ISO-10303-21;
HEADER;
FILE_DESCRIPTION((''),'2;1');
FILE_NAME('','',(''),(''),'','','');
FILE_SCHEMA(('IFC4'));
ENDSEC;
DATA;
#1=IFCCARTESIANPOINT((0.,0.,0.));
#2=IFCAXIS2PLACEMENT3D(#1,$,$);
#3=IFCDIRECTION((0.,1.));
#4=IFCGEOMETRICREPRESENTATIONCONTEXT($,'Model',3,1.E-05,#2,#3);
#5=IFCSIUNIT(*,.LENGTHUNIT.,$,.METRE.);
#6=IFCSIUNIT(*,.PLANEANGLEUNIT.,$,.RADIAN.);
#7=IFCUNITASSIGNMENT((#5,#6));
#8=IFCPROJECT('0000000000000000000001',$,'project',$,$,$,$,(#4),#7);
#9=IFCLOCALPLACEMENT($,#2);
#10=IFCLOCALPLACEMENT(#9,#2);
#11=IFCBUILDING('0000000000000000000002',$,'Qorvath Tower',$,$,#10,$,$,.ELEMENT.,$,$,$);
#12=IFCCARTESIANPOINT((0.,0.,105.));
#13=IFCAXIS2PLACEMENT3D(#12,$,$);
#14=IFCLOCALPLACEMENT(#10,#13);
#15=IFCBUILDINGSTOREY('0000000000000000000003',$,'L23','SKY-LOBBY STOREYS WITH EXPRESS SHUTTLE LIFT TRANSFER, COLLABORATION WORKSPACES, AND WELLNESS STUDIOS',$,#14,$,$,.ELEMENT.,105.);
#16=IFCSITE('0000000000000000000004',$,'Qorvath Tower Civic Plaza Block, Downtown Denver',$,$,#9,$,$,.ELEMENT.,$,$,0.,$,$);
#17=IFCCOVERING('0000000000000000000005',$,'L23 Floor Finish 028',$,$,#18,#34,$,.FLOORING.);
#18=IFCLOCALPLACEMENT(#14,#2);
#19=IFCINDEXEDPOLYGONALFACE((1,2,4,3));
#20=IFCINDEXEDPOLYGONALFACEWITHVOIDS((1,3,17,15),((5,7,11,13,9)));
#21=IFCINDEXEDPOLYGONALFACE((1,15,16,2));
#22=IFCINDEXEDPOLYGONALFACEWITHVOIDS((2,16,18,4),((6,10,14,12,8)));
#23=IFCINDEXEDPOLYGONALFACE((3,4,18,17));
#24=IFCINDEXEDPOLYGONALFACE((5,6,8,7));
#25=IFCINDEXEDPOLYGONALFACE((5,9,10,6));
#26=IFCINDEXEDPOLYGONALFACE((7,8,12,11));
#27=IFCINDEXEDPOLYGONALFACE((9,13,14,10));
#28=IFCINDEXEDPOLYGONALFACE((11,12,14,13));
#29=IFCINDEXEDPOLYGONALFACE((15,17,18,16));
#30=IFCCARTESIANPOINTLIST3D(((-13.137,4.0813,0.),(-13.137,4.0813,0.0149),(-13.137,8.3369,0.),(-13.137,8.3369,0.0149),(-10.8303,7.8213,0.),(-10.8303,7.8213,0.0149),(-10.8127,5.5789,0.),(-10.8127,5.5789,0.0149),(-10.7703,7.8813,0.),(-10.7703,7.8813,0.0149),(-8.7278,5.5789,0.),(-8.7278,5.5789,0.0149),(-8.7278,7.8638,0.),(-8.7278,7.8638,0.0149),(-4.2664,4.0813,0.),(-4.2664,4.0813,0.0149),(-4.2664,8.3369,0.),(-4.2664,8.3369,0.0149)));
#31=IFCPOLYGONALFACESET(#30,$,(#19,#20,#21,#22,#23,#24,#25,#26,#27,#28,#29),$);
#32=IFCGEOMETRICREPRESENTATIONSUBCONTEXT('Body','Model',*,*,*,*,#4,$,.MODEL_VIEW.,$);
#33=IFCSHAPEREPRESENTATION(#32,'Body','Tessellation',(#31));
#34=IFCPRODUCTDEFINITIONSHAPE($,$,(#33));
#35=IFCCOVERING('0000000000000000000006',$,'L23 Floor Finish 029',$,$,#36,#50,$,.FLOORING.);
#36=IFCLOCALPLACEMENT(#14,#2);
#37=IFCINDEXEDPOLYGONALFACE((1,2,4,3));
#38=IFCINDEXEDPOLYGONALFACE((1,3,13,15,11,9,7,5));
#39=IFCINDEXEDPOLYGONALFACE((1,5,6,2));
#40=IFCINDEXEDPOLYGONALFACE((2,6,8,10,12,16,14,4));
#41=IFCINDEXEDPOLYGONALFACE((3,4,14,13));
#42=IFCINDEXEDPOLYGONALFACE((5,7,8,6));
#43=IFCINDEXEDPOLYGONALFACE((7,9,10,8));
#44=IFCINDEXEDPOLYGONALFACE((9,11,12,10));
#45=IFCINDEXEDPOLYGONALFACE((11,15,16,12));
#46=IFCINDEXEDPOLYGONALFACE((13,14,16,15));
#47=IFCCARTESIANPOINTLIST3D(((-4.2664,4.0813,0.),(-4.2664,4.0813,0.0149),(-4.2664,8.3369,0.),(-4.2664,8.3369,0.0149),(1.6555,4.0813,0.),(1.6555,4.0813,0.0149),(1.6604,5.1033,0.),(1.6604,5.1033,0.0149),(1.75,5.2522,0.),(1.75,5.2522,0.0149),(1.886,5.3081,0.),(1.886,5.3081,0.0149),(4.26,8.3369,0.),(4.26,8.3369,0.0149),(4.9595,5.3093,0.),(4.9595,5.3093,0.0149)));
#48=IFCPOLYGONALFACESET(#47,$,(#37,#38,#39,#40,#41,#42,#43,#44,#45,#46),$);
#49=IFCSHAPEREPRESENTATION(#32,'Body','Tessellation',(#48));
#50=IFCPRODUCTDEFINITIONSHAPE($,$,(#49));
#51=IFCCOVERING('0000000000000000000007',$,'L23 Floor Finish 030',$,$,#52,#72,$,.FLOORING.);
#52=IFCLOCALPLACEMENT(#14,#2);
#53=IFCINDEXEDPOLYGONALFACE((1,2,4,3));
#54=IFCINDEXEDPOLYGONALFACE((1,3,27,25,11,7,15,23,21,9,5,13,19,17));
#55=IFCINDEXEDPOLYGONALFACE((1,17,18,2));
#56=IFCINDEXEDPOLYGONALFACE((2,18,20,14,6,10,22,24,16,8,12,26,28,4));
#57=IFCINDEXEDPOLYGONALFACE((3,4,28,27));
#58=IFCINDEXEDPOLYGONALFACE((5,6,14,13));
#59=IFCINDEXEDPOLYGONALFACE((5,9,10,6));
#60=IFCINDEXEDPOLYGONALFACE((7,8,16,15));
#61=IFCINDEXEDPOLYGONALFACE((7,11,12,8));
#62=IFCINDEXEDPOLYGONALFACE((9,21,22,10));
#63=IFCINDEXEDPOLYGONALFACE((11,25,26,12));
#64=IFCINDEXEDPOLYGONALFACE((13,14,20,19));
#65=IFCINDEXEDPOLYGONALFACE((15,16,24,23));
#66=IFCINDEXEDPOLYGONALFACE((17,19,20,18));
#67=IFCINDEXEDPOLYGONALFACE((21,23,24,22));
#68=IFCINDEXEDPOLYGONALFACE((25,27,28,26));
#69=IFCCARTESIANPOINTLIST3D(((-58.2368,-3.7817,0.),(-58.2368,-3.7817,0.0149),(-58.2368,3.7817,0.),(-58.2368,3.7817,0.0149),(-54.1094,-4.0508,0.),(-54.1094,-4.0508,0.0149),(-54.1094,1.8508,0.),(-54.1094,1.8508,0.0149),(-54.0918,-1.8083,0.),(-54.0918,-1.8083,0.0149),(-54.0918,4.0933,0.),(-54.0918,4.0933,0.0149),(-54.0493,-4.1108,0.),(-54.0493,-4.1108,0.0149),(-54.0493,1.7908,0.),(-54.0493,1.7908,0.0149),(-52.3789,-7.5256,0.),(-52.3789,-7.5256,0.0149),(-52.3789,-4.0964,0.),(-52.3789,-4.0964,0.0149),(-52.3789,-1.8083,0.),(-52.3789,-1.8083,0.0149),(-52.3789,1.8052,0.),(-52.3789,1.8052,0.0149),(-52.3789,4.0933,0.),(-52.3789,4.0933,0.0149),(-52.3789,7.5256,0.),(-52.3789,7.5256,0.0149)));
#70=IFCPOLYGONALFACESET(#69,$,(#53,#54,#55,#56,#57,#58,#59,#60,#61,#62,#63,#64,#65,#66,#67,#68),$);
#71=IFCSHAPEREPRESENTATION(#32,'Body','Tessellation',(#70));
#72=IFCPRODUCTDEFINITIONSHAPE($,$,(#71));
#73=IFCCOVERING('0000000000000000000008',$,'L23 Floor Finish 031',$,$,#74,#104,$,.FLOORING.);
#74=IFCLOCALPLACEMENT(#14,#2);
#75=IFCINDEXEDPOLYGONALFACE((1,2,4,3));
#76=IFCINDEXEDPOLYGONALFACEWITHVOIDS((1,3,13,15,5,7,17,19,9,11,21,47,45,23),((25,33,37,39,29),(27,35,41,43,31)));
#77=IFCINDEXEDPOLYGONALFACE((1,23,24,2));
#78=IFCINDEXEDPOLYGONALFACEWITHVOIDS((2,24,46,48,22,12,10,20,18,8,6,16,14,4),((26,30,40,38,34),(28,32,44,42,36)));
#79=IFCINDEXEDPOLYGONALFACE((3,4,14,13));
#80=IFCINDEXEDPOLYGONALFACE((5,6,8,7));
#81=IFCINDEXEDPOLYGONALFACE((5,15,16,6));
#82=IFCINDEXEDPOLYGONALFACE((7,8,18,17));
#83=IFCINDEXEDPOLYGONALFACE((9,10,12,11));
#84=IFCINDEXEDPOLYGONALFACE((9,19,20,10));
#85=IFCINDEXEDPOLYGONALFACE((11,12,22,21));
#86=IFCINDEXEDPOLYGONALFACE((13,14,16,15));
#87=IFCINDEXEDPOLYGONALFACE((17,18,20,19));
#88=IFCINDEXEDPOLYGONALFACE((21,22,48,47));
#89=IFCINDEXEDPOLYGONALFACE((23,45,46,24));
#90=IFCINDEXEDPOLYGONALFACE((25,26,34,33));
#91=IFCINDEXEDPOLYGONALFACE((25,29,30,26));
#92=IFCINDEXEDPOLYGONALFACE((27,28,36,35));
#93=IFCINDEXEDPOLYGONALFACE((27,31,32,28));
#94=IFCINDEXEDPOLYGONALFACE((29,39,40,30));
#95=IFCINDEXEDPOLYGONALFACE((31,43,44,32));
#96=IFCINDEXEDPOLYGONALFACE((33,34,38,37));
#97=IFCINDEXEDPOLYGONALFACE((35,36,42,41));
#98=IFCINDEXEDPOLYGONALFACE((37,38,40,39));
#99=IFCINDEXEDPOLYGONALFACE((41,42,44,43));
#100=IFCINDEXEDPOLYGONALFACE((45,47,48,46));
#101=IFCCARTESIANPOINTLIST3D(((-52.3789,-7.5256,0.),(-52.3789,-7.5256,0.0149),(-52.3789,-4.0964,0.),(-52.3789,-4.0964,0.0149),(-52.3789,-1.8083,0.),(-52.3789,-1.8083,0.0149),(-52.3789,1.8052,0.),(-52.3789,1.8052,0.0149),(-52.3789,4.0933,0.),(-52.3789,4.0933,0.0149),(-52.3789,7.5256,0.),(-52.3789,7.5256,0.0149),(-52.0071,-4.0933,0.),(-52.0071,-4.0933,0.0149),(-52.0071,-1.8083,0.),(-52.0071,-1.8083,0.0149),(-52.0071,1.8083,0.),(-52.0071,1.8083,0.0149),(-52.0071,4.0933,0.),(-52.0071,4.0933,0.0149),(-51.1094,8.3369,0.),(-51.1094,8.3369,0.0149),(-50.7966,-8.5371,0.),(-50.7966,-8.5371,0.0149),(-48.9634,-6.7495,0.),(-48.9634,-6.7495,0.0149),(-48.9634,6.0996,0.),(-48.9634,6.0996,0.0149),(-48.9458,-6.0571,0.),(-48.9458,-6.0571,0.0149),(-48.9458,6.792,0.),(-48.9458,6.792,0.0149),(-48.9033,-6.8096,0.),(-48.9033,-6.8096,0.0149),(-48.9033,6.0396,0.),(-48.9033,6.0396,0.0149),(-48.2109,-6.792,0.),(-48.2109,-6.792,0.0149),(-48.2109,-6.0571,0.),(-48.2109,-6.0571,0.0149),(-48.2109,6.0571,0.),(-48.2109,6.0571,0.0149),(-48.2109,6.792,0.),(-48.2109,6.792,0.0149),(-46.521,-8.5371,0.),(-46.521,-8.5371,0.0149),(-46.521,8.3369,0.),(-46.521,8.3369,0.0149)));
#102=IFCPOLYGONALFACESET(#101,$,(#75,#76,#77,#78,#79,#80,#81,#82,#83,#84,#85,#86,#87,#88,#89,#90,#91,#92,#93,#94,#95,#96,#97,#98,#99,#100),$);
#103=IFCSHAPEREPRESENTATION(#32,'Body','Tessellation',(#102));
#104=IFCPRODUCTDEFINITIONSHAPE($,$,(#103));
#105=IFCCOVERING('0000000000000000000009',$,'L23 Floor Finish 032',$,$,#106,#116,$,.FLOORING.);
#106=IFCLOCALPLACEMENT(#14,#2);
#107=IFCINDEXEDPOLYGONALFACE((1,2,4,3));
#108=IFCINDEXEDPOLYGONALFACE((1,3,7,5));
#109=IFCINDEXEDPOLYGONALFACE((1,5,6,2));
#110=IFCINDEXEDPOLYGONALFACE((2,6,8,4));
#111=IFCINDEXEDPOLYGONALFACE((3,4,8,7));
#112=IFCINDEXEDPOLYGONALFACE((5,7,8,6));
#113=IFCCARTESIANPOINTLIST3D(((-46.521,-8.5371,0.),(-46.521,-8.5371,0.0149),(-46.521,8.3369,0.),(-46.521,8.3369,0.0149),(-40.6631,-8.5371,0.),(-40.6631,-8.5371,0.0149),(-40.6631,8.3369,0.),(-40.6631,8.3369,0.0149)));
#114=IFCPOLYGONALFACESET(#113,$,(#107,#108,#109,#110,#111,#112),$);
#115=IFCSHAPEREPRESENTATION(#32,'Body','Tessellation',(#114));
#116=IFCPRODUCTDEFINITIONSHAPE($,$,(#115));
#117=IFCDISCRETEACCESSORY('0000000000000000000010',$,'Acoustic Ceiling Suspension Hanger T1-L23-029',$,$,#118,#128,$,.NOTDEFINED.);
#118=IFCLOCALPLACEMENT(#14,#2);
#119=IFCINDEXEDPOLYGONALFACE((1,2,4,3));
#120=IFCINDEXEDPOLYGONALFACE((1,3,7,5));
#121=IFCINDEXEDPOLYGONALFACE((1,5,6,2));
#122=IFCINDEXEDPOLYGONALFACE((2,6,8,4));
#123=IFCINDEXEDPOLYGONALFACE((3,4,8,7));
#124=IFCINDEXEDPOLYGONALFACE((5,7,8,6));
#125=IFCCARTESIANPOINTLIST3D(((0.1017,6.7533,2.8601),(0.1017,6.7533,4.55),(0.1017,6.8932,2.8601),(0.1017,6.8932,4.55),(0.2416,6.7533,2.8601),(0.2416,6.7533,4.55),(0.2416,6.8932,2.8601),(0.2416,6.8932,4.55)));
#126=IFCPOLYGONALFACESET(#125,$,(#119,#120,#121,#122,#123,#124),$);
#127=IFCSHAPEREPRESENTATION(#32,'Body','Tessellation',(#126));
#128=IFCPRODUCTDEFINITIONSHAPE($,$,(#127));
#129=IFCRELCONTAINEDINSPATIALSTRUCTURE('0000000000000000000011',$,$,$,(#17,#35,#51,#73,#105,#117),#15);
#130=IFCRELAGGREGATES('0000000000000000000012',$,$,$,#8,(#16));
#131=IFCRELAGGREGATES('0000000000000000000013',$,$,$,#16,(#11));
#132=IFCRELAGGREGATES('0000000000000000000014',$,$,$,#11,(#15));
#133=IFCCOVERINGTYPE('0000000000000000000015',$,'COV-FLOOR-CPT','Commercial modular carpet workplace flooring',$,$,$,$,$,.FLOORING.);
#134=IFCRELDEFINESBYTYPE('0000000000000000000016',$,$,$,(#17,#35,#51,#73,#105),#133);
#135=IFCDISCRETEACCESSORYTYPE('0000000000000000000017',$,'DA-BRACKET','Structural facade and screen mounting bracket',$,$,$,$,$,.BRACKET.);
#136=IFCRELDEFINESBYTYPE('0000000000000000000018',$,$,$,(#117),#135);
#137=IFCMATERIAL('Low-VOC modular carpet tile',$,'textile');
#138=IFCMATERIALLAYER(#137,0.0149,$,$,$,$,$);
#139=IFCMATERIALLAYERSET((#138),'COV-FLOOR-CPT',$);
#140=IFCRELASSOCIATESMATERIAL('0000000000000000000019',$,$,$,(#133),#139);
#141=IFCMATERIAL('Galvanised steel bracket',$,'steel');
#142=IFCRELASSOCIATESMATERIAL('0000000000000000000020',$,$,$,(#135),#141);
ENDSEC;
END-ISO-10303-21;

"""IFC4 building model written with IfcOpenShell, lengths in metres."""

from ifc_helpers import new_model, si_unit, direction, frame, origin, origin_2d, place, context, subcontext, project, spatial, polyline, rectangle, outline, extrude, material, layer, layer_set, type_object, element, save


model = new_model("IFC4")

# Units and contexts
model_context = context("Model", 3, precision=1e-05, world=origin(), true_north=direction((0.0, 1.0)))
body_context = subcontext(model_context, "Body", "Model", "MODEL_VIEW")
ifc_project = project(units=[si_unit("LENGTHUNIT", "METRE"), si_unit("PLANEANGLEUNIT", "RADIAN")], contexts=[model_context])

# Site, building, storey
site_placement = place(None, origin())
site = spatial("IfcSite", under=ifc_project, at=site_placement, Name="Qorvath Tower Civic Plaza Block, Downtown Denver", CompositionType="ELEMENT", RefElevation=0.0)
building_placement = place(site_placement, origin())
building = spatial("IfcBuilding", under=site, at=building_placement, Name="Qorvath Tower", CompositionType="ELEMENT")
storey_placement = place(building_placement, frame((0.0, 0.0, 105.0)))
storey = spatial("IfcBuildingStorey", under=building, at=storey_placement, Name="L23", Description="SKY-LOBBY STOREYS WITH EXPRESS SHUTTLE LIFT TRANSFER, COLLABORATION WORKSPACES, AND WELLNESS STUDIOS", CompositionType="ELEMENT", Elevation=105.0)

# Coverings
ifc_material_1 = material(Name="Low-VOC modular carpet tile", Category="textile")
ifc_layer_1 = layer(ifc_material_1, 0.0149)
ifc_layer_set_1 = layer_set([ifc_layer_1], Name="COV-FLOOR-CPT")
covering_type_1 = type_object("IfcCoveringType", Name="COV-FLOOR-CPT", Description="Commercial modular carpet workplace flooring", PredefinedType="FLOORING", material=ifc_layer_set_1)
covering_1_placement = place(storey_placement, origin())
element("IfcCovering", 1, at=covering_1_placement, inside=storey, type_object=covering_type_1, Name="L23 Floor Finish 028", PredefinedType="FLOORING", context=body_context, shape_type="SweptSolid", body=[
    extrude(outline(polyline([(-4.2664, 4.0813), (-4.2664, 8.3369), (-13.137, 8.3369), (-13.137, 4.0813), (-4.2664, 4.0813)]), holes=[polyline([(-10.8303, 7.8213), (-10.7703, 7.8813), (-8.7278, 7.8638), (-8.7278, 5.5789), (-10.8127, 5.5789), (-10.8303, 7.8213)])]), origin(), (0.0, 0.0, 1.0), 0.0149),
])
covering_2_placement = place(storey_placement, origin())
element("IfcCovering", 2, at=covering_2_placement, inside=storey, type_object=covering_type_1, Name="L23 Floor Finish 029", PredefinedType="FLOORING", context=body_context, shape_type="SweptSolid", body=[
    extrude(outline(polyline([(1.75, 5.2522), (1.886, 5.3081), (4.9595, 5.3093), (4.26, 8.3369), (-4.2664, 8.3369), (-4.2664, 4.0813), (1.6555, 4.0813), (1.6604, 5.1033), (1.75, 5.2522)])), origin(), (0.0, 0.0, 1.0), 0.0149),
])
covering_3_placement = place(storey_placement, origin())
element("IfcCovering", 3, at=covering_3_placement, inside=storey, type_object=covering_type_1, Name="L23 Floor Finish 030", PredefinedType="FLOORING", context=body_context, shape_type="SweptSolid", body=[
    extrude(outline(polyline([(-52.3789, -7.5256), (-52.3789, -4.0964), (-54.0493, -4.1108), (-54.1094, -4.0508), (-54.0918, -1.8083), (-52.3789, -1.8083), (-52.3789, 1.8052), (-54.0493, 1.7908), (-54.1094, 1.8508), (-54.0918, 4.0933), (-52.3789, 4.0933), (-52.3789, 7.5256), (-58.2368, 3.7817), (-58.2368, -3.7817), (-52.3789, -7.5256)])), origin(), (0.0, 0.0, 1.0), 0.0149),
])
covering_4_placement = place(storey_placement, origin())
element("IfcCovering", 4, at=covering_4_placement, inside=storey, type_object=covering_type_1, Name="L23 Floor Finish 031", PredefinedType="FLOORING", context=body_context, shape_type="SweptSolid", body=[
    extrude(outline(polyline([(-46.521, -8.5371), (-46.521, 8.3369), (-51.1094, 8.3369), (-52.3789, 7.5256), (-52.3789, 4.0933), (-52.0071, 4.0933), (-52.0071, 1.8083), (-52.3789, 1.8052), (-52.3789, -1.8083), (-52.0071, -1.8083), (-52.0071, -4.0933), (-52.3789, -4.0964), (-52.3789, -7.5256), (-50.7966, -8.5371), (-46.521, -8.5371)]), holes=[polyline([(-48.9634, -6.7495), (-48.9458, -6.0571), (-48.2109, -6.0571), (-48.2109, -6.792), (-48.9033, -6.8096), (-48.9634, -6.7495)]), polyline([(-48.9634, 6.0996), (-48.9458, 6.792), (-48.2109, 6.792), (-48.2109, 6.0571), (-48.9033, 6.0396), (-48.9634, 6.0996)])]), origin(), (0.0, 0.0, 1.0), 0.0149),
])
covering_5_placement = place(storey_placement, origin())
element("IfcCovering", 5, at=covering_5_placement, inside=storey, type_object=covering_type_1, Name="L23 Floor Finish 032", PredefinedType="FLOORING", context=body_context, shape_type="SweptSolid", body=[
    extrude(outline(polyline([(-40.6631, 8.3369), (-46.521, 8.3369), (-46.521, -8.5371), (-40.6631, -8.5371), (-40.6631, 8.3369)])), origin(), (0.0, 0.0, 1.0), 0.0149),
])

# Discrete accessory
ifc_material_2 = material(Name="Galvanised steel bracket", Category="steel")
discrete_accessory_type = type_object("IfcDiscreteAccessoryType", Name="DA-BRACKET", Description="Structural facade and screen mounting bracket", PredefinedType="BRACKET", material=ifc_material_2)
discrete_accessory_placement = place(storey_placement, frame((0.1716, 6.8232, 2.8601), z_axis=(0.0, 0.0, 1.0), x_axis=(1.0, 0.0, 0.0)))
element("IfcDiscreteAccessory", 6, at=discrete_accessory_placement, inside=storey, type_object=discrete_accessory_type, Name="Acoustic Ceiling Suspension Hanger T1-L23-029", PredefinedType="NOTDEFINED", context=body_context, shape_type="SweptSolid", body=[
    extrude(rectangle(XDim=0.1399, YDim=0.1399, at=origin_2d()), origin(), (0.0, 0.0, 1.0), 1.6899),
])

save(model, "model.ifc")
